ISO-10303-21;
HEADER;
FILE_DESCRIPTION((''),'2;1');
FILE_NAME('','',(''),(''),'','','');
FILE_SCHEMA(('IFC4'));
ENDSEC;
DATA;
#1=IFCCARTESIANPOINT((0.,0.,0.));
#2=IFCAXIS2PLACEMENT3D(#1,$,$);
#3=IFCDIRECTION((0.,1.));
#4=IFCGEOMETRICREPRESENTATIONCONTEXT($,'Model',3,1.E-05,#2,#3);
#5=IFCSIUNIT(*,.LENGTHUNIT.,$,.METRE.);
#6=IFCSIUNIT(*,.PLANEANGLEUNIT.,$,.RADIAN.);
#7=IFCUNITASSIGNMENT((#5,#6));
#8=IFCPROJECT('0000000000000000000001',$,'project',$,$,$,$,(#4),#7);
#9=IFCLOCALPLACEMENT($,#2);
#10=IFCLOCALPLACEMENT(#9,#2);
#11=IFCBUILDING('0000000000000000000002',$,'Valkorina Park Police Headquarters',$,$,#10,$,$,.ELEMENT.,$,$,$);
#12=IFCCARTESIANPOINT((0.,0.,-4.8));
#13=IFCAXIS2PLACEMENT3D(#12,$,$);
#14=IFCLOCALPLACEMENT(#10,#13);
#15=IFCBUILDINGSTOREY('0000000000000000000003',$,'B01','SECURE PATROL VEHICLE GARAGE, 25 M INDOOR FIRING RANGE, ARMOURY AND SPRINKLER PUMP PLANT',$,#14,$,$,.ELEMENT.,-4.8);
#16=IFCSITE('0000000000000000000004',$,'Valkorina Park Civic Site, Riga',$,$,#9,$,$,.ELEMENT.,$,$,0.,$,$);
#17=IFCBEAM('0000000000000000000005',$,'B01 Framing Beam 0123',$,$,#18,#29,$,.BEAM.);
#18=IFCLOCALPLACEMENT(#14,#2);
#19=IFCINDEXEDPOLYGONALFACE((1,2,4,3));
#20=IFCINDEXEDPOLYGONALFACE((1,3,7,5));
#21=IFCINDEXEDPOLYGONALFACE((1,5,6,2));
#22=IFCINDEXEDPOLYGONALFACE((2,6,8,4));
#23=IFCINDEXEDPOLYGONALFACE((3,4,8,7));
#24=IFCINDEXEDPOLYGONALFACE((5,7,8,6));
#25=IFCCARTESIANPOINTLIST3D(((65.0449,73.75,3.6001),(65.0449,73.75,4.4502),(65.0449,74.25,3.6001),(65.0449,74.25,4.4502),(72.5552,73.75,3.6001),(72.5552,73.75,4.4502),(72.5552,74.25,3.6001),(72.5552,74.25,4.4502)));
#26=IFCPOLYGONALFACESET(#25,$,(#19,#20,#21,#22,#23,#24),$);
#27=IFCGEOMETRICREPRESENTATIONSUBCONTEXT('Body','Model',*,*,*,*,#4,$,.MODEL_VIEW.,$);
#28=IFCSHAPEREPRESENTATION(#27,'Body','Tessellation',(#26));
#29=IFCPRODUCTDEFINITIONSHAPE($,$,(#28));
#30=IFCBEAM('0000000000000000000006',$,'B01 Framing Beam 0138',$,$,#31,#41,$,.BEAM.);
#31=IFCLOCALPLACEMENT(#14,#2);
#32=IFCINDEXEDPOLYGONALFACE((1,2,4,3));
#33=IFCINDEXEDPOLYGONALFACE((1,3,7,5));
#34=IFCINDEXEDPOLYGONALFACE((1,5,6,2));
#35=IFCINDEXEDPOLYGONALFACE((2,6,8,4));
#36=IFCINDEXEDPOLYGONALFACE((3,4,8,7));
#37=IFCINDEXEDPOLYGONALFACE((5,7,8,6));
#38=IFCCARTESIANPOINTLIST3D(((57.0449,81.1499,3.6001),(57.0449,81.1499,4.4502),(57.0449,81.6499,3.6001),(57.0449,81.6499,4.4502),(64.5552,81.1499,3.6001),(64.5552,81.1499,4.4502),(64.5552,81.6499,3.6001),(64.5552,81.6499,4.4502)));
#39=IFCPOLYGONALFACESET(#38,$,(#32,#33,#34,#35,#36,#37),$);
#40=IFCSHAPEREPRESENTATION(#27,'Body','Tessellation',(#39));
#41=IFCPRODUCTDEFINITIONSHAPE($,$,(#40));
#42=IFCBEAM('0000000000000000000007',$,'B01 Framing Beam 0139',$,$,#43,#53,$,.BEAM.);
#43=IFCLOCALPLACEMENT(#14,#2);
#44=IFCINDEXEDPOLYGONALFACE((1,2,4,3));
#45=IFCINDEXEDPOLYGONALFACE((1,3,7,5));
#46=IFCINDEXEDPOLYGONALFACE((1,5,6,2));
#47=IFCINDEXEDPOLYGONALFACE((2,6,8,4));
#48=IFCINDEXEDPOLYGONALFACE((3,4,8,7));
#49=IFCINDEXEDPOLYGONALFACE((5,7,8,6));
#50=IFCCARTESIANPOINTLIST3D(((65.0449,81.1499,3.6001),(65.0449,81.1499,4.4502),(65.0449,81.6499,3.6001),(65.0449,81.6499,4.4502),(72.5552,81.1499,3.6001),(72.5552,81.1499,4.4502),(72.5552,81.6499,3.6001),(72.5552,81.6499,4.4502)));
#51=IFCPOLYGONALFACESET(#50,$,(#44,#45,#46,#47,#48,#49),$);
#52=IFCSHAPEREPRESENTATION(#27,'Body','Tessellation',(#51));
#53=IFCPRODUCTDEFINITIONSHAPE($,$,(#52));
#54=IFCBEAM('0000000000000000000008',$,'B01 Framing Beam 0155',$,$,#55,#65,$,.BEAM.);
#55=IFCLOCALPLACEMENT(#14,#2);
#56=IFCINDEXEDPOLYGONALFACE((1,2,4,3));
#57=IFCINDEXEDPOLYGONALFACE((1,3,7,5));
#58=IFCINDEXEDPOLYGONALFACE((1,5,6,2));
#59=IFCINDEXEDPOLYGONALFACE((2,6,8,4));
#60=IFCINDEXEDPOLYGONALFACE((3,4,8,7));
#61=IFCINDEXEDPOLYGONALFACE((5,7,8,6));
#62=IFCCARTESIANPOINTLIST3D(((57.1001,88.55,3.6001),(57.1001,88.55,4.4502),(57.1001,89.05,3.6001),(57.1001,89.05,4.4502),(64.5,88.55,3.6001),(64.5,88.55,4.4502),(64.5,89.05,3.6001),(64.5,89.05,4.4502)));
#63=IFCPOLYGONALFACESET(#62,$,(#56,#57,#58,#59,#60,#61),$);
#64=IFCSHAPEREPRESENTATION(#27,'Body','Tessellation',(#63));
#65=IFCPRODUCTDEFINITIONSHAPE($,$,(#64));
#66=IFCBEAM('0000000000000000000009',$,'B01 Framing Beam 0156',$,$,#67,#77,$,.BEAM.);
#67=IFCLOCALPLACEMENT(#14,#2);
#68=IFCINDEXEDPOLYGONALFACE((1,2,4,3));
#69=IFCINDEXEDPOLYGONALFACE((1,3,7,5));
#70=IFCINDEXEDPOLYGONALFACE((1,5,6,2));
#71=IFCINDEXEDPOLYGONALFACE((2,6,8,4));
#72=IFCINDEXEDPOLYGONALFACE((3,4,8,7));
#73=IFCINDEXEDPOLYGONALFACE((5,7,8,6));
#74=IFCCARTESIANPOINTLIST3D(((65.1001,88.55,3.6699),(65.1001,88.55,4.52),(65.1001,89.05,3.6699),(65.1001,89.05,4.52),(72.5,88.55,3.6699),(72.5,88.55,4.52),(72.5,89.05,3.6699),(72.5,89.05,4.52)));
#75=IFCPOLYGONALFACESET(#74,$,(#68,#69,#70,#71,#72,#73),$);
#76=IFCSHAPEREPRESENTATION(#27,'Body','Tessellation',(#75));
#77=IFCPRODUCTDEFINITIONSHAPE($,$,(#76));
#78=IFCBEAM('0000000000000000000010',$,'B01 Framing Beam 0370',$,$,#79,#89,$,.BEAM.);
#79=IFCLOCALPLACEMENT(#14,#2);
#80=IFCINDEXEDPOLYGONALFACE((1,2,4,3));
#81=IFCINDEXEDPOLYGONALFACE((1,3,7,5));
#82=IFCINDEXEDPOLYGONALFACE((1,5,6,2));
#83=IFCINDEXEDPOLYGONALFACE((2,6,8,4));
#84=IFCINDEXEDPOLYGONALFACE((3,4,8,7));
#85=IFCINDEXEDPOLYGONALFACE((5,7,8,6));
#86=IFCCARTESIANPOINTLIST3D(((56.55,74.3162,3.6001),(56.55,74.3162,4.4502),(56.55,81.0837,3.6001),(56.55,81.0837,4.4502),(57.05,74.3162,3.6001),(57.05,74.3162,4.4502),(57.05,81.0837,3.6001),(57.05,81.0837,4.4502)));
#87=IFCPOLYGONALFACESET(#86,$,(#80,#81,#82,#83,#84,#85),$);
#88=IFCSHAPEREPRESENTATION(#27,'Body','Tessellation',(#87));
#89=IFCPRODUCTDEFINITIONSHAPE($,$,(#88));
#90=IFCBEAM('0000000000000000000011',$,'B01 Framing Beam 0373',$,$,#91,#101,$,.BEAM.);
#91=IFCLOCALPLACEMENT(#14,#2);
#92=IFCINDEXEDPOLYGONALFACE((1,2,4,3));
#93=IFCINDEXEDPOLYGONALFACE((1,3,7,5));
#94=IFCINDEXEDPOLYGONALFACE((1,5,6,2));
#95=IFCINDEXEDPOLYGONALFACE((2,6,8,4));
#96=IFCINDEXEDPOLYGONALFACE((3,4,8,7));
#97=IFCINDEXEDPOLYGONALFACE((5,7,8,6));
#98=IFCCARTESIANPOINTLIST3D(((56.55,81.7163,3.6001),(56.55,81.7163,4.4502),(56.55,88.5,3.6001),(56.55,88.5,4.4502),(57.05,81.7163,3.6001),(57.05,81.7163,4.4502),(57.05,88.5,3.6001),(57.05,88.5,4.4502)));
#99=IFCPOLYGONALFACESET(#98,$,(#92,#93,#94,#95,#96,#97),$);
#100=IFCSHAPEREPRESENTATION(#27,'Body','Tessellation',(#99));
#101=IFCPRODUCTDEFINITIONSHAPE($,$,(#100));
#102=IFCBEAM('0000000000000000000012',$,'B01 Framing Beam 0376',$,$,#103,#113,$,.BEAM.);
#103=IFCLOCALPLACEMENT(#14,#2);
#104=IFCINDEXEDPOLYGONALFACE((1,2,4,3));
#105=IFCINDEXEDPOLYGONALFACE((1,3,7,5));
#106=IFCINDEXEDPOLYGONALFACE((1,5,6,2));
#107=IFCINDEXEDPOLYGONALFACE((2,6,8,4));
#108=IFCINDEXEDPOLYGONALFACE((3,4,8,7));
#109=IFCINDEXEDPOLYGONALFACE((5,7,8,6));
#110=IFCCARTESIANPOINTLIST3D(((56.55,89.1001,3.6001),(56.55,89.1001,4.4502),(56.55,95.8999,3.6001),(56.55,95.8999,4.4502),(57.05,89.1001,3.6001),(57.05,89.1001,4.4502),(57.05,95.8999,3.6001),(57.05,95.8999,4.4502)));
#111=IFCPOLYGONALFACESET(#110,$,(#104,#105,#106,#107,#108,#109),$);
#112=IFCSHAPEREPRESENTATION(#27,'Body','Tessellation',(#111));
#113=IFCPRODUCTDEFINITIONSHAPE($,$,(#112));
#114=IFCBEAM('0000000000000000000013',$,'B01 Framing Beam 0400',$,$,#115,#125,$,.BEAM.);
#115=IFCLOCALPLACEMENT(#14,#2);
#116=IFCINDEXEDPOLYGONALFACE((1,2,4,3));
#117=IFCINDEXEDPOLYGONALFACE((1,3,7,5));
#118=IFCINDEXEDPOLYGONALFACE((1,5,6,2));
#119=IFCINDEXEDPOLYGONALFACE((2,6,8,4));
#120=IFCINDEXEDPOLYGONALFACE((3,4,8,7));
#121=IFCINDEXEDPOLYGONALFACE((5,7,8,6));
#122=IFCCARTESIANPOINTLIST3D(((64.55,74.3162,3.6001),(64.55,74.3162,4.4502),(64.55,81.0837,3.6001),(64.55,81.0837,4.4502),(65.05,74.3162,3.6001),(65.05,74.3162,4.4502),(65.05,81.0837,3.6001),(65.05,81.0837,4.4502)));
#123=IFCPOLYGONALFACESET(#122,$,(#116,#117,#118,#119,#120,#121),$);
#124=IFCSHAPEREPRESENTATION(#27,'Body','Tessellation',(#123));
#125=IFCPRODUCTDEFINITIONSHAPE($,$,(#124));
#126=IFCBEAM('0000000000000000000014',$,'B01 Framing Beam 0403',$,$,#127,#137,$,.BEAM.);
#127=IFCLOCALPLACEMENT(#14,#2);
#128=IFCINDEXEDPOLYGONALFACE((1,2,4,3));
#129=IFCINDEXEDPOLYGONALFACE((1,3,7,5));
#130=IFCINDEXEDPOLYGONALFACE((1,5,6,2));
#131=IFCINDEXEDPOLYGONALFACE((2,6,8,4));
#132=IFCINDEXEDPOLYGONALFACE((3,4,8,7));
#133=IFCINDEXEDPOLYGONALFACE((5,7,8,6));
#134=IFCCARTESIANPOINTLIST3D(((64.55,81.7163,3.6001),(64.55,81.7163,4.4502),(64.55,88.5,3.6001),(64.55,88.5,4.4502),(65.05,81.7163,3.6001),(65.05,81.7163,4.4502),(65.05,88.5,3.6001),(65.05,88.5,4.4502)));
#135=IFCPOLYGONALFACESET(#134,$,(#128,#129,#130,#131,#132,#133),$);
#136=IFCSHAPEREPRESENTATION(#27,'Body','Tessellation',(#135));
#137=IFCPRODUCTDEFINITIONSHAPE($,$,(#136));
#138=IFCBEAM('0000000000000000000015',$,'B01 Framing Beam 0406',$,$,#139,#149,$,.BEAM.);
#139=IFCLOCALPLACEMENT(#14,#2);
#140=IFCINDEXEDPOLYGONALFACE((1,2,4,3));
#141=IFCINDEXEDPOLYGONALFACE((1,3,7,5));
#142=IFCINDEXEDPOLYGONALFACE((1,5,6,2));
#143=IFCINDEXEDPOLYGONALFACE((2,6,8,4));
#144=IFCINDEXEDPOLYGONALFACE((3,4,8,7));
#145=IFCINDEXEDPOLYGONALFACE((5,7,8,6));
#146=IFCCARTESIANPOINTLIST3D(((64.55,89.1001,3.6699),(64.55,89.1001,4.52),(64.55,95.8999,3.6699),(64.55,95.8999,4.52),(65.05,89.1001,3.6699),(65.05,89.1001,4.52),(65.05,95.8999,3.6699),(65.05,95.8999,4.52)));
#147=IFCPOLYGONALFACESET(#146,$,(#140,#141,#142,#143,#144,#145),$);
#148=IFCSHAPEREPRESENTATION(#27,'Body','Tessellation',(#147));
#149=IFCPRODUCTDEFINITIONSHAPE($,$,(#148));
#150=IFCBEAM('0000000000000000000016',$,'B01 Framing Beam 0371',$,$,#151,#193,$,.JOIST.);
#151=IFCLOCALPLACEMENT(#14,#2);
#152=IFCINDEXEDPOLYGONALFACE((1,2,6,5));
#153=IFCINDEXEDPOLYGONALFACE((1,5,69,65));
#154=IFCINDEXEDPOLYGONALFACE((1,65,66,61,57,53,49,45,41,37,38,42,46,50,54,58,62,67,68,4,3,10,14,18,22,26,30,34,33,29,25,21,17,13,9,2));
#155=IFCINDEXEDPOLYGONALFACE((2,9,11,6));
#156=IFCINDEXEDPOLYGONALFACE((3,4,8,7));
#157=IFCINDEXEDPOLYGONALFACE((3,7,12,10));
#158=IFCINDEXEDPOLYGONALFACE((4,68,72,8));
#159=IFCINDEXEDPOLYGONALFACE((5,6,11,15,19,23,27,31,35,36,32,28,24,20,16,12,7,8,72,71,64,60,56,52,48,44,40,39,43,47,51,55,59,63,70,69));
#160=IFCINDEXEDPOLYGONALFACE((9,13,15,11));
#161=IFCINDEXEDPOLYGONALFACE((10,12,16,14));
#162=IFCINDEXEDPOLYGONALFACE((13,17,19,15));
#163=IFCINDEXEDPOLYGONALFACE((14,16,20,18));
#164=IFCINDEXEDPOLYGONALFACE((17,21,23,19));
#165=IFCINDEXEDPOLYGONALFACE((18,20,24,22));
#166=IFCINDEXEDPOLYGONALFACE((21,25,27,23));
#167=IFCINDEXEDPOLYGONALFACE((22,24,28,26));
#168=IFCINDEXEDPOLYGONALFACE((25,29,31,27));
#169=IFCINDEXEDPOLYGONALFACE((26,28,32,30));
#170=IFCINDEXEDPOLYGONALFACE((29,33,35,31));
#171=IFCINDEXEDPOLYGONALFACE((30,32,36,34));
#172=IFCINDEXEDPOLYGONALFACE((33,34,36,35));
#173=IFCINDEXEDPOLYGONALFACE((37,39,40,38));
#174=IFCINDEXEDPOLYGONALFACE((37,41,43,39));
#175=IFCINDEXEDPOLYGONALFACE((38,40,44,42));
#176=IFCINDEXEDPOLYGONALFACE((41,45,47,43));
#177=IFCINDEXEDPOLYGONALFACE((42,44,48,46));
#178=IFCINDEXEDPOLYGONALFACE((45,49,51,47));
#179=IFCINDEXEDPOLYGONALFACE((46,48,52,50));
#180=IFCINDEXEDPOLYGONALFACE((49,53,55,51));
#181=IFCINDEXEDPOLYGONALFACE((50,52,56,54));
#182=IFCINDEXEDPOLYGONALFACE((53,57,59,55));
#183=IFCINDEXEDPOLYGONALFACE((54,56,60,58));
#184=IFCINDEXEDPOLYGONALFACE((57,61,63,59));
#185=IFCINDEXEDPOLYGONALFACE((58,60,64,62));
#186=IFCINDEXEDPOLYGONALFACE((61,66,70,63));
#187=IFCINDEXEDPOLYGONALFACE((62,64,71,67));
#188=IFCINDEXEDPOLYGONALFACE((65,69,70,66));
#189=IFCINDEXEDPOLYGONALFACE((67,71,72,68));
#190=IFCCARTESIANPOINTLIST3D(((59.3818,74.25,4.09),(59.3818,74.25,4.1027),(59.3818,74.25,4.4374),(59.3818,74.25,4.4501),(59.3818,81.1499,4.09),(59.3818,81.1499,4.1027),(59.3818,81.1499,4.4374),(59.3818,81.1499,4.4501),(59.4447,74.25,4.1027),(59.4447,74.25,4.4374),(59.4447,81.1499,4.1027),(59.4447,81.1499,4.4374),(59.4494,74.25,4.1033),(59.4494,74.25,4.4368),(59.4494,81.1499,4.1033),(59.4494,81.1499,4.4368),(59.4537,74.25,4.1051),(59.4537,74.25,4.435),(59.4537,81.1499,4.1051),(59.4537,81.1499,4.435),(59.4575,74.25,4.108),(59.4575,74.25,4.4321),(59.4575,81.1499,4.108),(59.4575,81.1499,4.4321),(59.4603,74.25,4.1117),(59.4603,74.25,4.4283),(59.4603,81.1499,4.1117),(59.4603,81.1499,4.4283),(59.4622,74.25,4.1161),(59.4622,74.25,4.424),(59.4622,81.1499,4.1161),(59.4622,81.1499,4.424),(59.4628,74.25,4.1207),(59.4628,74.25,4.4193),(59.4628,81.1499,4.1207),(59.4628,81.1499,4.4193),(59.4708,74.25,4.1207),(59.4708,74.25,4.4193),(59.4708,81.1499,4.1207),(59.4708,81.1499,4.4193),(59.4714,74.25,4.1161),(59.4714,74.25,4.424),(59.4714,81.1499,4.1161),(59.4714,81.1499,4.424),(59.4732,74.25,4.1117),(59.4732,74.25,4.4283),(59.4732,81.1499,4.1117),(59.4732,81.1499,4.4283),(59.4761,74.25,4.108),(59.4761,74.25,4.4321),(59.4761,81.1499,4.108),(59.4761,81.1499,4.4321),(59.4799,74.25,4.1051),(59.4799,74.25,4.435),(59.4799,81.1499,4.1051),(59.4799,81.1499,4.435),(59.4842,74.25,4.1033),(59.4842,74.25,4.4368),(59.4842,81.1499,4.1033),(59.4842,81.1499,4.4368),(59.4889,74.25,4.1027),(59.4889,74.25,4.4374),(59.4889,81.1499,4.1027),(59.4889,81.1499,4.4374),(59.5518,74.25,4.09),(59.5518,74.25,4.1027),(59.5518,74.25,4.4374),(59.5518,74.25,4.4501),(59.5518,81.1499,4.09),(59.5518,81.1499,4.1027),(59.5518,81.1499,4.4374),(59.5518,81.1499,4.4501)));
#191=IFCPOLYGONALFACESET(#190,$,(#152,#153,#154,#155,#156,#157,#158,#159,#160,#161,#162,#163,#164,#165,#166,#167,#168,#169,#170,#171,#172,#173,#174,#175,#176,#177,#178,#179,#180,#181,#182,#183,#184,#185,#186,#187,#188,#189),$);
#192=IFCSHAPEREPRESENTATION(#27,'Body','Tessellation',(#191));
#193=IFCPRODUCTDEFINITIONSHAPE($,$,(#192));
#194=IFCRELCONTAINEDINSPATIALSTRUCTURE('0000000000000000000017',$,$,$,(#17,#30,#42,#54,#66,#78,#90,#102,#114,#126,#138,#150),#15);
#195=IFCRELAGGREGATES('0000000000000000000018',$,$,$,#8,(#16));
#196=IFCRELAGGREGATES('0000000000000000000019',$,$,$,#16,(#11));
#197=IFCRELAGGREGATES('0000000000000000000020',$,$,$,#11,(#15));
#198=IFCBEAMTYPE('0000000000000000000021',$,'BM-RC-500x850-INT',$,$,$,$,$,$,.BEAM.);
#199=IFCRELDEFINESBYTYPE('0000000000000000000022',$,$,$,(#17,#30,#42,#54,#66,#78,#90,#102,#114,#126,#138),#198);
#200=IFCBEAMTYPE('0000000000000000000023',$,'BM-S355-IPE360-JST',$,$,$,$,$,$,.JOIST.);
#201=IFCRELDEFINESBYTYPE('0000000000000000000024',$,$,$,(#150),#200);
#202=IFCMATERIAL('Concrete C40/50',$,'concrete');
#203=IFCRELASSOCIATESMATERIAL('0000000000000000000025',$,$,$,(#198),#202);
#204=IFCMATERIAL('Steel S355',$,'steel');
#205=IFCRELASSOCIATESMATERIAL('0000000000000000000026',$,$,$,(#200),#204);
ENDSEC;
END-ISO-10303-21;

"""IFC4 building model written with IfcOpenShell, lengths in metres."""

from ifc_helpers import new_model, si_unit, direction, frame, origin, origin_2d, place, context, subcontext, project, spatial, rectangle, i_section, extrude, material, material_profile, profile_set, type_object, element, save


model = new_model("IFC4")

# Units and contexts
model_context = context("Model", 3, precision=1e-05, world=origin(), true_north=direction((0.0, 1.0)))
body_context = subcontext(model_context, "Body", "Model", "MODEL_VIEW")
ifc_project = project(units=[si_unit("LENGTHUNIT", "METRE"), si_unit("PLANEANGLEUNIT", "RADIAN")], contexts=[model_context])

# Site, building, storey
site_placement = place(None, origin())
site = spatial("IfcSite", under=ifc_project, at=site_placement, Name="Valkorina Park Civic Site, Riga", CompositionType="ELEMENT", RefElevation=0.0)
building_placement = place(site_placement, origin())
building = spatial("IfcBuilding", under=site, at=building_placement, Name="Valkorina Park Police Headquarters", CompositionType="ELEMENT")
storey_placement = place(building_placement, frame((0.0, 0.0, -4.8)))
storey = spatial("IfcBuildingStorey", under=building, at=storey_placement, Name="B01", Description="SECURE PATROL VEHICLE GARAGE, 25 M INDOOR FIRING RANGE, ARMOURY AND SPRINKLER PUMP PLANT", CompositionType="ELEMENT", Elevation=-4.8)

# Shared definitions
ifc_material_1 = material(Name="Concrete C40/50", Category="concrete")

# Beams
ifc_material_profile_1 = material_profile(ifc_material_1, rectangle(XDim=0.5, YDim=0.8501, at=origin_2d()), Name="RC BEAM 500x850")
ifc_profile_set_1 = profile_set([ifc_material_profile_1], Name="Concrete C40/50")
beam_type_1 = type_object("IfcBeamType", Name="BM-RC-500x850-INT", PredefinedType="BEAM", material=ifc_profile_set_1)
for number, where, z_axis, x_axis, name in (
    (1, (65.0449, 74.0, 4.0251), (1.0, 0.0, 0.0), (0.0, 1.0, 0.0), "B01 Framing Beam 0123"),
    (2, (57.0449, 81.3999, 4.0251), (1.0, 0.0, 0.0), (0.0, 1.0, 0.0), "B01 Framing Beam 0138"),
    (3, (65.0449, 81.3999, 4.0251), (1.0, 0.0, 0.0), (0.0, 1.0, 0.0), "B01 Framing Beam 0139"),
):
    element("IfcBeam", number, at=place(storey_placement, frame(where, z_axis=z_axis, x_axis=x_axis)), inside=storey, type_object=beam_type_1, Name=name, PredefinedType="BEAM", context=body_context, shape_type="SweptSolid", body=[
        extrude(rectangle(XDim=0.5, YDim=0.8501, at=origin_2d()), origin(), (0.0, 0.0, 1.0), 7.5103),
    ])
for number, where, z_axis, x_axis, name in (
    (4, (57.1001, 88.8, 4.0251), (1.0, 0.0, 0.0), (0.0, 1.0, 0.0), "B01 Framing Beam 0155"),
    (5, (65.1001, 88.8, 4.095), (1.0, 0.0, 0.0), (0.0, 1.0, 0.0), "B01 Framing Beam 0156"),
):
    element("IfcBeam", number, at=place(storey_placement, frame(where, z_axis=z_axis, x_axis=x_axis)), inside=storey, type_object=beam_type_1, Name=name, PredefinedType="BEAM", context=body_context, shape_type="SweptSolid", body=[
        extrude(rectangle(XDim=0.5, YDim=0.8501, at=origin_2d()), origin(), (0.0, 0.0, 1.0), 7.3999),
    ])
beam_1_placement = place(storey_placement, frame((56.8, 74.3162, 4.0251), z_axis=(0.0, 1.0, 0.0), x_axis=(-1.0, 0.0, 0.0)))
element("IfcBeam", 6, at=beam_1_placement, inside=storey, type_object=beam_type_1, Name="B01 Framing Beam 0370", PredefinedType="BEAM", context=body_context, shape_type="SweptSolid", body=[
    extrude(rectangle(XDim=0.5, YDim=0.8501, at=origin_2d()), origin(), (0.0, 0.0, 1.0), 6.7676),
])
beam_2_placement = place(storey_placement, frame((56.8, 81.7163, 4.0251), z_axis=(0.0, 1.0, 0.0), x_axis=(-1.0, 0.0, 0.0)))
element("IfcBeam", 7, at=beam_2_placement, inside=storey, type_object=beam_type_1, Name="B01 Framing Beam 0373", PredefinedType="BEAM", context=body_context, shape_type="SweptSolid", body=[
    extrude(rectangle(XDim=0.5, YDim=0.8501, at=origin_2d()), origin(), (0.0, 0.0, 1.0), 6.7837),
])
beam_3_placement = place(storey_placement, frame((56.8, 89.1001, 4.0251), z_axis=(0.0, 1.0, 0.0), x_axis=(-1.0, 0.0, 0.0)))
element("IfcBeam", 8, at=beam_3_placement, inside=storey, type_object=beam_type_1, Name="B01 Framing Beam 0376", PredefinedType="BEAM", context=body_context, shape_type="SweptSolid", body=[
    extrude(rectangle(XDim=0.5, YDim=0.8501, at=origin_2d()), origin(), (0.0, 0.0, 1.0), 6.7998),
])
beam_4_placement = place(storey_placement, frame((64.8, 74.3162, 4.0251), z_axis=(0.0, 1.0, 0.0), x_axis=(-1.0, 0.0, 0.0)))
element("IfcBeam", 9, at=beam_4_placement, inside=storey, type_object=beam_type_1, Name="B01 Framing Beam 0400", PredefinedType="BEAM", context=body_context, shape_type="SweptSolid", body=[
    extrude(rectangle(XDim=0.5, YDim=0.8501, at=origin_2d()), origin(), (0.0, 0.0, 1.0), 6.7676),
])
beam_5_placement = place(storey_placement, frame((64.8, 81.7163, 4.0251), z_axis=(0.0, 1.0, 0.0), x_axis=(-1.0, 0.0, 0.0)))
element("IfcBeam", 10, at=beam_5_placement, inside=storey, type_object=beam_type_1, Name="B01 Framing Beam 0403", PredefinedType="BEAM", context=body_context, shape_type="SweptSolid", body=[
    extrude(rectangle(XDim=0.5, YDim=0.8501, at=origin_2d()), origin(), (0.0, 0.0, 1.0), 6.7837),
])
beam_6_placement = place(storey_placement, frame((64.8, 89.1001, 4.095), z_axis=(0.0, 1.0, 0.0), x_axis=(-1.0, 0.0, 0.0)))
element("IfcBeam", 11, at=beam_6_placement, inside=storey, type_object=beam_type_1, Name="B01 Framing Beam 0406", PredefinedType="BEAM", context=body_context, shape_type="SweptSolid", body=[
    extrude(rectangle(XDim=0.5, YDim=0.8501, at=origin_2d()), origin(), (0.0, 0.0, 1.0), 6.7998),
])
ifc_material_2 = material(Name="Steel S355", Category="steel")
ifc_material_profile_2 = material_profile(ifc_material_2, i_section(OverallWidth=0.1699, OverallDepth=0.3601, WebThickness=0.0081, FlangeThickness=0.0127, FilletRadius=0.0181, at=origin_2d()), Name="IPE 360")
ifc_profile_set_2 = profile_set([ifc_material_profile_2], Name="Steel S355")
beam_type_2 = type_object("IfcBeamType", Name="BM-S355-IPE360-JST", PredefinedType="JOIST", material=ifc_profile_set_2)
for number, where, z_axis, x_axis, name in (
    (12, (59.4668, 74.25, 4.27), (0.0, 1.0, 0.0), (-1.0, 0.0, 0.0), "B01 Framing Beam 0371"),
):
    element("IfcBeam", number, at=place(storey_placement, frame(where, z_axis=z_axis, x_axis=x_axis)), inside=storey, type_object=beam_type_2, Name=name, PredefinedType="JOIST", context=body_context, shape_type="SweptSolid", body=[
        extrude(i_section(OverallWidth=0.1699, OverallDepth=0.3601, WebThickness=0.0081, FlangeThickness=0.0127, FilletRadius=0.0181, at=origin_2d()), origin(), (0.0, 0.0, 1.0), 6.8999),
    ])

save(model, "model.ifc")
